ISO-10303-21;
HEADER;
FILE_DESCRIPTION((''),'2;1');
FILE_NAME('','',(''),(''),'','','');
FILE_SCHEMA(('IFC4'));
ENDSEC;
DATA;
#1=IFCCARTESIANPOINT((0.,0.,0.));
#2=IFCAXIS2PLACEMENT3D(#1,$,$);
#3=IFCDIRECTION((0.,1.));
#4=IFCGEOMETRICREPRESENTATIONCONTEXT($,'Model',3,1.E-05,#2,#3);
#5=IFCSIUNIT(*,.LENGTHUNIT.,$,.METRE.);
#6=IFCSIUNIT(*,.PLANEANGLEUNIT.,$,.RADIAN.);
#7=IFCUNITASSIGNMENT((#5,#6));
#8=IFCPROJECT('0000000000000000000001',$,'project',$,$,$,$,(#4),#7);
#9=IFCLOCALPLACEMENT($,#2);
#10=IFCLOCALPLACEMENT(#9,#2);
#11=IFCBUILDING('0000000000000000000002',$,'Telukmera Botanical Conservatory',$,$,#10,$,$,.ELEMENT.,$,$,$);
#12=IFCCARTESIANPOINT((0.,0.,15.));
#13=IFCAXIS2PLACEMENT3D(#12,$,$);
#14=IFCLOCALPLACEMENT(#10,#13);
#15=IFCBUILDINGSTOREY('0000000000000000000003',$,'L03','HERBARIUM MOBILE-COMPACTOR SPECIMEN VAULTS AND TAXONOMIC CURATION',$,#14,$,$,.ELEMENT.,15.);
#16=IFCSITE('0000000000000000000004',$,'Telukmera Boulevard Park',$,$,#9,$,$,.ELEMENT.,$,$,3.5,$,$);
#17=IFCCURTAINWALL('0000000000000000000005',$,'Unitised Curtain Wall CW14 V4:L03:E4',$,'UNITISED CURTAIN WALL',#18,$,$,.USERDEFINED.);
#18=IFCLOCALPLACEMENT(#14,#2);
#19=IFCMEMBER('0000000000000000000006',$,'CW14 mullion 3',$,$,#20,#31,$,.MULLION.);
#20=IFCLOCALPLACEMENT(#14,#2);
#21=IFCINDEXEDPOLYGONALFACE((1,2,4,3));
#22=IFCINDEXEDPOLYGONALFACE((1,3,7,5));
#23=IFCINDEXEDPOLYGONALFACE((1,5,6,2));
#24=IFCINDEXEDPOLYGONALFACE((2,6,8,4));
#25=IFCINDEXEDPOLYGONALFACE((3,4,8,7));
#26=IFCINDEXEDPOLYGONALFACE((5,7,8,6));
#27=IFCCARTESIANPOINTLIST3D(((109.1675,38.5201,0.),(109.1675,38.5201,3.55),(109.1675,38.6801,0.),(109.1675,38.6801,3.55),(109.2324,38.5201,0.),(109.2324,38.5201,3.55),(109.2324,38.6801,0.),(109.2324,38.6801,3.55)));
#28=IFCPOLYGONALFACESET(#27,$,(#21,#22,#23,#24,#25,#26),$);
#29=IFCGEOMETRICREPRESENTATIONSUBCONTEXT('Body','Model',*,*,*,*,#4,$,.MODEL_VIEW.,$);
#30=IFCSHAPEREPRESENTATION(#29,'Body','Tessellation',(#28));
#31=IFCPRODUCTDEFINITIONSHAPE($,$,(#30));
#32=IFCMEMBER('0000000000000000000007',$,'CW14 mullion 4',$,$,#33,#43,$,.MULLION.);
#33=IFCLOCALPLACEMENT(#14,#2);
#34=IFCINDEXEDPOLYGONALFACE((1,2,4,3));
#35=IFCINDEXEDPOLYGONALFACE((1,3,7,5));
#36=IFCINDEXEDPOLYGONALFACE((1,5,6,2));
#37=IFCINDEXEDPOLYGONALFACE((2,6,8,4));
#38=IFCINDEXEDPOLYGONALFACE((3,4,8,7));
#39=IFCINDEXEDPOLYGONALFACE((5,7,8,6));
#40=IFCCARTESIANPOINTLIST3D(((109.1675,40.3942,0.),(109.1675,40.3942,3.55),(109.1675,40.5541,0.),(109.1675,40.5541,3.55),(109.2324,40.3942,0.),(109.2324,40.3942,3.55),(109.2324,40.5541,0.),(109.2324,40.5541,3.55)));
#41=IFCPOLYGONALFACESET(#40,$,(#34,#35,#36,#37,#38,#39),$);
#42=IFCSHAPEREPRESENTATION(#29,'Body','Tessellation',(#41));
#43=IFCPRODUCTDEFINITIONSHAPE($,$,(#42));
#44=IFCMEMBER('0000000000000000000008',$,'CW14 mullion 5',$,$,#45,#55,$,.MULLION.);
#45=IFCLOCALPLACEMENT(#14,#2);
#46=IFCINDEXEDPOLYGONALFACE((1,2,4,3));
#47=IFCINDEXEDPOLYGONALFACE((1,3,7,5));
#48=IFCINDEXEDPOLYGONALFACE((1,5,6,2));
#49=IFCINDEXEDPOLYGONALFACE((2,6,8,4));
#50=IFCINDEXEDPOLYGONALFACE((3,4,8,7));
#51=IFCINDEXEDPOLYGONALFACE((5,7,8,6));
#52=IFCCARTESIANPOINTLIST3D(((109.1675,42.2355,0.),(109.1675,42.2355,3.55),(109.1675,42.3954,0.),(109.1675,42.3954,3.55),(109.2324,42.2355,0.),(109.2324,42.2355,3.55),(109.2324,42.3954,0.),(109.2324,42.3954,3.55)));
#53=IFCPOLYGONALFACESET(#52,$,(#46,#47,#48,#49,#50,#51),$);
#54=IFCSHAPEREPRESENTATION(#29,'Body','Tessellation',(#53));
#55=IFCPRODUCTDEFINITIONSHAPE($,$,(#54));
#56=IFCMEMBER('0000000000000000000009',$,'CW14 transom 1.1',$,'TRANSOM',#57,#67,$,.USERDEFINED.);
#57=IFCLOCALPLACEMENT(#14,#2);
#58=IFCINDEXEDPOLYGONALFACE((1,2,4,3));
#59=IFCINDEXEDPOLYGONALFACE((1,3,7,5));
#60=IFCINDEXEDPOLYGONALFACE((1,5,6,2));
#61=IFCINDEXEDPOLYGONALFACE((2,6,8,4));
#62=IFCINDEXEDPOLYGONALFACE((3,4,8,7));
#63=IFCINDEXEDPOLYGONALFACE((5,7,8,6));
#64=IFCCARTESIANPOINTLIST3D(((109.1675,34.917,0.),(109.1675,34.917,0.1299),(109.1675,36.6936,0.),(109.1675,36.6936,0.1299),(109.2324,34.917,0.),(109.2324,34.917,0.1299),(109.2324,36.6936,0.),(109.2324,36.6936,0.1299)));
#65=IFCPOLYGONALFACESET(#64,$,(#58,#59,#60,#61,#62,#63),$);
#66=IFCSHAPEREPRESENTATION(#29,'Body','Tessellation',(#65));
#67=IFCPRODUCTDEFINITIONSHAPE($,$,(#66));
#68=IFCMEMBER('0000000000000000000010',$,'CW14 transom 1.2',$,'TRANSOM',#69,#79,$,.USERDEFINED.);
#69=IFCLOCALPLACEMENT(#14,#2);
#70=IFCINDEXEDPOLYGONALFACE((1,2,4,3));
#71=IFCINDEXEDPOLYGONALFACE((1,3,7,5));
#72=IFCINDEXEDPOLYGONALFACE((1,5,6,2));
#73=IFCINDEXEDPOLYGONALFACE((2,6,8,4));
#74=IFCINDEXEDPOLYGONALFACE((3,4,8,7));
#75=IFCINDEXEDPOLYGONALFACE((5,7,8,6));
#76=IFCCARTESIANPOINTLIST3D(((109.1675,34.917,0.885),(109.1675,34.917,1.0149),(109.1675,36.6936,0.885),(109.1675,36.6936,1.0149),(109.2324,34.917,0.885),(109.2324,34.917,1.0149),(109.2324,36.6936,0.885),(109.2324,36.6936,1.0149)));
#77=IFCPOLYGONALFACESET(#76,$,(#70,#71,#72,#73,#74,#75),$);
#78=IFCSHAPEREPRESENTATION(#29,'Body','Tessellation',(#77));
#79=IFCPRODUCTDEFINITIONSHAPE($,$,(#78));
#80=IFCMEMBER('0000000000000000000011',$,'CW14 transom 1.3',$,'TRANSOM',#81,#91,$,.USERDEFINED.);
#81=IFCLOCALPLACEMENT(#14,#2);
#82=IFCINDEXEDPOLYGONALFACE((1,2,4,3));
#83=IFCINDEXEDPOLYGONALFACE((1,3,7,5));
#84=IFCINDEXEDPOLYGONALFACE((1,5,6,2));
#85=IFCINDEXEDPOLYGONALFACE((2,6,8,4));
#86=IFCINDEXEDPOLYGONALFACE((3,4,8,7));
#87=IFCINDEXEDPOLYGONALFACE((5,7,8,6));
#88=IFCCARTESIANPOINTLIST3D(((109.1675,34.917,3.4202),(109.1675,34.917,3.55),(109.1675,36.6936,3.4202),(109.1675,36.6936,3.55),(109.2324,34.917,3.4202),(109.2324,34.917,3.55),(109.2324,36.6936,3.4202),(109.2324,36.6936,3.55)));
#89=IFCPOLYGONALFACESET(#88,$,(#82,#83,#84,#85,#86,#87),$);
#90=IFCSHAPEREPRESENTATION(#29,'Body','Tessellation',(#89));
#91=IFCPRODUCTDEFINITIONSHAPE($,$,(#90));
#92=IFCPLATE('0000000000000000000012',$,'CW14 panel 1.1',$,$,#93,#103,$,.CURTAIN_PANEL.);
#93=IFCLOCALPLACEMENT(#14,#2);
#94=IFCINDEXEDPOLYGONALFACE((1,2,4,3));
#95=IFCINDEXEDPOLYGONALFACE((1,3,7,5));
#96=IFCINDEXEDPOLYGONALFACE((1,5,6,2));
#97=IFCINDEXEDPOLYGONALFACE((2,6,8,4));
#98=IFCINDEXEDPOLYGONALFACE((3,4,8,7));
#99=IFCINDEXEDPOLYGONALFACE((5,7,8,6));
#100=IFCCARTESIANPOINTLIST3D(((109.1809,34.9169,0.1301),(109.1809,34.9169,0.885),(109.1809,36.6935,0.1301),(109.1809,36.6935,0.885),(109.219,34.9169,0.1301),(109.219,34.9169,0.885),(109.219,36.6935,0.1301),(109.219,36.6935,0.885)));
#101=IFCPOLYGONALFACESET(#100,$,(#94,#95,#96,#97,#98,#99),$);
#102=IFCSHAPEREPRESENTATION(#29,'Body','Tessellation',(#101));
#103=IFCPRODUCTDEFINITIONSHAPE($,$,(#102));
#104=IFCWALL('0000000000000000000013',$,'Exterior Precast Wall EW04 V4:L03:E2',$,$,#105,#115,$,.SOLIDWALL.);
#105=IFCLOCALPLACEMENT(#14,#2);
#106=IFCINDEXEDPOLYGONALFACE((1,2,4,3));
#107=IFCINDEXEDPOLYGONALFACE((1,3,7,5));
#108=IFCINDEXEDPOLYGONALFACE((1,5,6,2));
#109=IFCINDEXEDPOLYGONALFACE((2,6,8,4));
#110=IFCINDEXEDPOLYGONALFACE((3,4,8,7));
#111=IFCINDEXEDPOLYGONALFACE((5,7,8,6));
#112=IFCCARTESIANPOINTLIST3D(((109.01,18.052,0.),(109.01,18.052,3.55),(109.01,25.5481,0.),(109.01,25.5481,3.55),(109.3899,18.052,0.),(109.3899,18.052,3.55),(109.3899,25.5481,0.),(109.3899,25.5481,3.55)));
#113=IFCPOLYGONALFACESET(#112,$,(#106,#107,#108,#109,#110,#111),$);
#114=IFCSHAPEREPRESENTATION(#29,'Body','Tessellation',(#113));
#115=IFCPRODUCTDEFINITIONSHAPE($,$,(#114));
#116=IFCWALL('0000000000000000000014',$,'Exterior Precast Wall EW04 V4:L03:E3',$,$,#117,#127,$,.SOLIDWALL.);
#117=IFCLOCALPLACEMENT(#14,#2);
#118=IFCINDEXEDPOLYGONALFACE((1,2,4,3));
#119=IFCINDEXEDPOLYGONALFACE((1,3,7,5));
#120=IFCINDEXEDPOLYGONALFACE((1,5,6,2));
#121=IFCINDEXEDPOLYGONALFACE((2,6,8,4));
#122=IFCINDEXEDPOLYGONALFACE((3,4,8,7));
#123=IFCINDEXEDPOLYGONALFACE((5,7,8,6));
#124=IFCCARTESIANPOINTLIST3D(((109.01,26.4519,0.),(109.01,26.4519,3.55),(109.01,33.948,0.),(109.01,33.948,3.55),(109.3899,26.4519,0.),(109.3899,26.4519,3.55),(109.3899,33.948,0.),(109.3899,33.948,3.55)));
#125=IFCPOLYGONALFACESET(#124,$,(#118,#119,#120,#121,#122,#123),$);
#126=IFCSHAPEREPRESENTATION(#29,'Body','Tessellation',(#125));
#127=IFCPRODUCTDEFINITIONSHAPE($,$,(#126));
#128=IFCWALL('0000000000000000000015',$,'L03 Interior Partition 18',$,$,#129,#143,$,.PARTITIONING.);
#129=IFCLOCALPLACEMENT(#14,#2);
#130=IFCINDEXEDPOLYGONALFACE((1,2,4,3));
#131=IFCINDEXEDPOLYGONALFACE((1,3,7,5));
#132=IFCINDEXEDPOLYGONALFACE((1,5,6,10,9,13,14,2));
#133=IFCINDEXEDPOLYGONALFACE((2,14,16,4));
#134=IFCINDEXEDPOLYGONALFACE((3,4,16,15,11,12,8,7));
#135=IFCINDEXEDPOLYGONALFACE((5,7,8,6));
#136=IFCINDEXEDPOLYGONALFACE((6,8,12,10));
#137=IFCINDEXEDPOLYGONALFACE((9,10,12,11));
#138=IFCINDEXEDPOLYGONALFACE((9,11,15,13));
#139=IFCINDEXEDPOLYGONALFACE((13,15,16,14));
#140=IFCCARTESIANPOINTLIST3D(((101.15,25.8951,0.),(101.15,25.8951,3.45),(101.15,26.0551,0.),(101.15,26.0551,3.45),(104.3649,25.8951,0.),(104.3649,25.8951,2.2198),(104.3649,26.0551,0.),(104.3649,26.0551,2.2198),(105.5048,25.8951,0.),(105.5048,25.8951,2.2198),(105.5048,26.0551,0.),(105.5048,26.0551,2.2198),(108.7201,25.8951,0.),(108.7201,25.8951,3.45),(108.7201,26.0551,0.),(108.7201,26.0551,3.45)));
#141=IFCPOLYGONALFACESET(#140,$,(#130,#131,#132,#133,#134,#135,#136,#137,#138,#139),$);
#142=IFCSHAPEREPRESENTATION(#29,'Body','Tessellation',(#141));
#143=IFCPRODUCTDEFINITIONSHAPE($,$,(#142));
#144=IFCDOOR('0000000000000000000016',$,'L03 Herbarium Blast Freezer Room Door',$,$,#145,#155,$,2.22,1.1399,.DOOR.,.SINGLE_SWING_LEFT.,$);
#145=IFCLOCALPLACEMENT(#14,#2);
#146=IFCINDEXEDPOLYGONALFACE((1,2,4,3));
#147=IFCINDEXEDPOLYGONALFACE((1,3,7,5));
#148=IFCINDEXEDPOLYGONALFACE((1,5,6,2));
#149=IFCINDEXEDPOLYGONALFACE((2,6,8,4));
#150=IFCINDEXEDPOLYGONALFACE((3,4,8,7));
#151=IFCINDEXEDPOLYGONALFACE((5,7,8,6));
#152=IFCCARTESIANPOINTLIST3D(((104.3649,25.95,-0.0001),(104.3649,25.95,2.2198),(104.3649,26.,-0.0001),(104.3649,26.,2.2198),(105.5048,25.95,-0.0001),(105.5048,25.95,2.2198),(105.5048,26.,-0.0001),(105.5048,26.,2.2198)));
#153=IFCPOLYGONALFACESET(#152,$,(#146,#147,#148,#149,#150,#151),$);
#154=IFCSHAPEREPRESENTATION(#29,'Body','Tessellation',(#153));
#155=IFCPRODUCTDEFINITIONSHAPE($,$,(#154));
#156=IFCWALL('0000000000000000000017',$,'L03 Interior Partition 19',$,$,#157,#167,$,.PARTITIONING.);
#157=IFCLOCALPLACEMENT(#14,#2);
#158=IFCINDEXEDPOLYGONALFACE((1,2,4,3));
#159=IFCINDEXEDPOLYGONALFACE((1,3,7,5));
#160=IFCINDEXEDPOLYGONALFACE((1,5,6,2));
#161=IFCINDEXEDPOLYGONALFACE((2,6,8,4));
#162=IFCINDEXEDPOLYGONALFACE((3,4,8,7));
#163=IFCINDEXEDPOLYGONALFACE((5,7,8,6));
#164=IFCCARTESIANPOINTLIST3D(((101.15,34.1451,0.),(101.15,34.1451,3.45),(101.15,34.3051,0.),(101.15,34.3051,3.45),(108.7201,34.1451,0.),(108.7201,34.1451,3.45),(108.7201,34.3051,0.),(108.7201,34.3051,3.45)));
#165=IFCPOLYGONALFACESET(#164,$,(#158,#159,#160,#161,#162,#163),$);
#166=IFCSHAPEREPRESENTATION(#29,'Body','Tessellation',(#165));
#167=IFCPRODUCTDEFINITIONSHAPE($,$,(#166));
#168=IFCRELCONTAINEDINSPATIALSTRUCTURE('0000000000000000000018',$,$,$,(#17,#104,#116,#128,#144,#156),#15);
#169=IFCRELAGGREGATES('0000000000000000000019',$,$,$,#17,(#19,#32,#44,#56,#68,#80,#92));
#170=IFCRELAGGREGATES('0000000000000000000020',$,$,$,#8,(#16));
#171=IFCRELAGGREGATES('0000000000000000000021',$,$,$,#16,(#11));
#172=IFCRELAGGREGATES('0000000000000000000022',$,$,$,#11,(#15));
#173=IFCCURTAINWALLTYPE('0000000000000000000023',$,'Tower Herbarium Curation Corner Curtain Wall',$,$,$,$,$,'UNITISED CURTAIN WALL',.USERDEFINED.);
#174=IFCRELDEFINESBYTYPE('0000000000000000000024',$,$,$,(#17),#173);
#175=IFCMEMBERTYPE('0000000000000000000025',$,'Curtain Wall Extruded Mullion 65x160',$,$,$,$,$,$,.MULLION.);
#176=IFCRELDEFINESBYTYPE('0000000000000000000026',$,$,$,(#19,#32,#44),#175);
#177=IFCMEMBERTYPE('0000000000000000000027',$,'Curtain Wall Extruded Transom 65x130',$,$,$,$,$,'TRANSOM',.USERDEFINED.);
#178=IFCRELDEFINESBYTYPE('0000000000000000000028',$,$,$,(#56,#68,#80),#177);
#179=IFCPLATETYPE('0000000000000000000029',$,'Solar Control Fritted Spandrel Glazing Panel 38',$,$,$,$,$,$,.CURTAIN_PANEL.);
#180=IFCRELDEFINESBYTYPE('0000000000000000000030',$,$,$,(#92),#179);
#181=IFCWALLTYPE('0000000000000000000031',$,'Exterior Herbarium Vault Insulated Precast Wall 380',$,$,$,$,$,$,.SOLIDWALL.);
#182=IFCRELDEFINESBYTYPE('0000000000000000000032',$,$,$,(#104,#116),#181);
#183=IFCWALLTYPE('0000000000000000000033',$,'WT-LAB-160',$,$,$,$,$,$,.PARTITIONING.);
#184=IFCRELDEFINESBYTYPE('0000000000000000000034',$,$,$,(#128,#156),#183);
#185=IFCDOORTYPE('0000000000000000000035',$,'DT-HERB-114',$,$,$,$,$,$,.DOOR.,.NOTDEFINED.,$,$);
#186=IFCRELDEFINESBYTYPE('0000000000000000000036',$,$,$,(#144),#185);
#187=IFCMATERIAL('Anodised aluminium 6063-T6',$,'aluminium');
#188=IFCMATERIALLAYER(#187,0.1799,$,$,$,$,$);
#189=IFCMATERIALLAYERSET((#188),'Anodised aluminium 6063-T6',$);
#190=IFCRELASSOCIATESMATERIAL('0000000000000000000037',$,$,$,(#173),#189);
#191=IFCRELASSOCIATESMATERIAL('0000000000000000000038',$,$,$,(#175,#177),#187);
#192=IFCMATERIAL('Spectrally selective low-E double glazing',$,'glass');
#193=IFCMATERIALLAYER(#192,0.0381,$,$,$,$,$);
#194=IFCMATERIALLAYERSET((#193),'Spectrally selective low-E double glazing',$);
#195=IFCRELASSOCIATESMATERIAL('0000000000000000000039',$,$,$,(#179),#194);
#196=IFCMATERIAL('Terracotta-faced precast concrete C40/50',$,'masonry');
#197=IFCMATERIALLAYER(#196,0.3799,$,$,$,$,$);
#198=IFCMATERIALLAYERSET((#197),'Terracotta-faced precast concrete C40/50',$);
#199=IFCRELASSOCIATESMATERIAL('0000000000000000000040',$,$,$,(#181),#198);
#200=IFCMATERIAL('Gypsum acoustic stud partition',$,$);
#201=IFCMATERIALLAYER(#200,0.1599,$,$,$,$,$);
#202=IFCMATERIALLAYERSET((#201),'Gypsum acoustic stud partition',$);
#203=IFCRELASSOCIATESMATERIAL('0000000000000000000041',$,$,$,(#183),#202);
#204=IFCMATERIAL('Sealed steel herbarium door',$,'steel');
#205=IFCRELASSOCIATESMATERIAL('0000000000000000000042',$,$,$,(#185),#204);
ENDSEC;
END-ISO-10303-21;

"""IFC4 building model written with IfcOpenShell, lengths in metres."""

from ifc_helpers import new_model, si_unit, direction, frame, frame_2d, origin, origin_2d, place, context, subcontext, project, spatial, rectangle, extrude, material, layer, layer_set, material_profile, profile_set, type_object, element, fill, aggregate, save


model = new_model("IFC4")

# Units and contexts
model_context = context("Model", 3, precision=1e-05, world=origin(), true_north=direction((0.0, 1.0)))
body_context = subcontext(model_context, "Body", "Model", "MODEL_VIEW")
ifc_project = project(units=[si_unit("LENGTHUNIT", "METRE"), si_unit("PLANEANGLEUNIT", "RADIAN")], contexts=[model_context])

# Site, building, storey
site_placement = place(None, origin())
site = spatial("IfcSite", under=ifc_project, at=site_placement, Name="Telukmera Boulevard Park", CompositionType="ELEMENT", RefElevation=3.5)
building_placement = place(site_placement, origin())
building = spatial("IfcBuilding", under=site, at=building_placement, Name="Telukmera Botanical Conservatory", CompositionType="ELEMENT")
storey_placement = place(building_placement, frame((0.0, 0.0, 15.0)))
storey = spatial("IfcBuildingStorey", under=building, at=storey_placement, Name="L03", Description="HERBARIUM MOBILE-COMPACTOR SPECIMEN VAULTS AND TAXONOMIC CURATION", CompositionType="ELEMENT", Elevation=15.0)

# Shared definitions
ifc_material_1 = material(Name="Anodised aluminium 6063-T6", Category="aluminium")
ifc_layer_1 = layer(ifc_material_1, 0.1799)
ifc_layer_set_1 = layer_set([ifc_layer_1], Name="Anodised aluminium 6063-T6")
curtain_wall_type = type_object("IfcCurtainWallType", Name="Tower Herbarium Curation Corner Curtain Wall", ElementType="UNITISED CURTAIN WALL", PredefinedType="USERDEFINED", material=ifc_layer_set_1)
ifc_material_profile_1 = material_profile(ifc_material_1, rectangle(XDim=0.0649, YDim=0.1599, at=origin_2d()), Name="ALU MULL 65x160")
ifc_profile_set_1 = profile_set([ifc_material_profile_1], Name="Anodised aluminium 6063-T6")
member_type_1 = type_object("IfcMemberType", Name="Curtain Wall Extruded Mullion 65x160", PredefinedType="MULLION", material=ifc_profile_set_1)

# Curtain wall, members, plate
curtain_wall_1_placement = place(storey_placement, origin())
curtain_wall_1 = element("IfcCurtainWall", 1, at=curtain_wall_1_placement, inside=storey, type_object=curtain_wall_type, Name="Unitised Curtain Wall CW14 V4:L03:E4", ObjectType="UNITISED CURTAIN WALL", PredefinedType="USERDEFINED")
member_1_placement = place(storey_placement, frame((109.2, 38.6001, 0.0), z_axis=(0.0, 0.0, 1.0), x_axis=(-1.0, 0.0, 0.0)))
member_1 = element("IfcMember", 2, at=member_1_placement, type_object=member_type_1, Name="CW14 mullion 3", PredefinedType="MULLION", context=body_context, shape_type="SweptSolid", body=[
    extrude(rectangle(XDim=0.0649, YDim=0.1599, at=origin_2d()), origin(), (0.0, 0.0, 1.0), 3.55),
])
member_2_placement = place(storey_placement, frame((109.2, 40.4741, 0.0), z_axis=(0.0, 0.0, 1.0), x_axis=(-1.0, 0.0, 0.0)))
member_2 = element("IfcMember", 3, at=member_2_placement, type_object=member_type_1, Name="CW14 mullion 4", PredefinedType="MULLION", context=body_context, shape_type="SweptSolid", body=[
    extrude(rectangle(XDim=0.0649, YDim=0.1599, at=origin_2d()), origin(), (0.0, 0.0, 1.0), 3.55),
])
member_3_placement = place(storey_placement, frame((109.2, 42.3154, 0.0), z_axis=(0.0, 0.0, 1.0), x_axis=(-1.0, 0.0, 0.0)))
member_3 = element("IfcMember", 4, at=member_3_placement, type_object=member_type_1, Name="CW14 mullion 5", PredefinedType="MULLION", context=body_context, shape_type="SweptSolid", body=[
    extrude(rectangle(XDim=0.0649, YDim=0.1599, at=origin_2d()), origin(), (0.0, 0.0, 1.0), 3.55),
])
ifc_material_profile_2 = material_profile(ifc_material_1, rectangle(XDim=0.0649, YDim=0.1299, at=origin_2d()), Name="ALU TRAN 65x130")
ifc_profile_set_2 = profile_set([ifc_material_profile_2], Name="Anodised aluminium 6063-T6")
member_type_2 = type_object("IfcMemberType", Name="Curtain Wall Extruded Transom 65x130", ElementType="TRANSOM", PredefinedType="USERDEFINED", material=ifc_profile_set_2)
member_4_placement = place(storey_placement, frame((109.2, 34.917, 0.0649), z_axis=(0.0, 1.0, 0.0), x_axis=(-1.0, 0.0, 0.0)))
member_4 = element("IfcMember", 5, at=member_4_placement, type_object=member_type_2, Name="CW14 transom 1.1", ObjectType="TRANSOM", PredefinedType="USERDEFINED", context=body_context, shape_type="SweptSolid", body=[
    extrude(rectangle(XDim=0.0649, YDim=0.1299, at=origin_2d()), origin(), (0.0, 0.0, 1.0), 1.7766),
])
member_5_placement = place(storey_placement, frame((109.2, 34.917, 0.95), z_axis=(0.0, 1.0, 0.0), x_axis=(-1.0, 0.0, 0.0)))
member_5 = element("IfcMember", 6, at=member_5_placement, type_object=member_type_2, Name="CW14 transom 1.2", ObjectType="TRANSOM", PredefinedType="USERDEFINED", context=body_context, shape_type="SweptSolid", body=[
    extrude(rectangle(XDim=0.0649, YDim=0.1299, at=origin_2d()), origin(), (0.0, 0.0, 1.0), 1.7766),
])
member_6_placement = place(storey_placement, frame((109.2, 34.917, 3.4851), z_axis=(0.0, 1.0, 0.0), x_axis=(-1.0, 0.0, 0.0)))
member_6 = element("IfcMember", 7, at=member_6_placement, type_object=member_type_2, Name="CW14 transom 1.3", ObjectType="TRANSOM", PredefinedType="USERDEFINED", context=body_context, shape_type="SweptSolid", body=[
    extrude(rectangle(XDim=0.0649, YDim=0.1299, at=origin_2d()), origin(), (0.0, 0.0, 1.0), 1.7766),
])
ifc_material_2 = material(Name="Spectrally selective low-E double glazing", Category="glass")
ifc_layer_2 = layer(ifc_material_2, 0.0381)
ifc_layer_set_2 = layer_set([ifc_layer_2], Name="Spectrally selective low-E double glazing")
plate_type = type_object("IfcPlateType", Name="Solar Control Fritted Spandrel Glazing Panel 38", PredefinedType="CURTAIN_PANEL", material=ifc_layer_set_2)
plate_placement = place(storey_placement, frame((109.2, 35.8052, 0.1301), z_axis=(0.0, 0.0, 1.0), x_axis=(0.0, 1.0, 0.0)))
plate = element("IfcPlate", 8, at=plate_placement, type_object=plate_type, Name="CW14 panel 1.1", PredefinedType="CURTAIN_PANEL", context=body_context, shape_type="SweptSolid", body=[
    extrude(rectangle(XDim=1.7766, YDim=0.0381, at=origin_2d()), origin(), (0.0, 0.0, 1.0), 0.7549),
])
aggregate(curtain_wall_1, [member_1, member_2, member_3, member_4, member_5, member_6, plate])

# Walls
ifc_material_3 = material(Name="Terracotta-faced precast concrete C40/50", Category="masonry")
ifc_layer_3 = layer(ifc_material_3, 0.3799)
ifc_layer_set_3 = layer_set([ifc_layer_3], Name="Terracotta-faced precast concrete C40/50")
wall_type_1 = type_object("IfcWallType", Name="Exterior Herbarium Vault Insulated Precast Wall 380", PredefinedType="SOLIDWALL", material=ifc_layer_set_3)
for number, where, z_axis, x_axis, name in (
    (9, (109.2, 18.052, 0.0), (0.0, 0.0, 1.0), (0.0, 1.0, 0.0), "Exterior Precast Wall EW04 V4:L03:E2"),
    (10, (109.2, 26.4519, 0.0), (0.0, 0.0, 1.0), (0.0, 1.0, 0.0), "Exterior Precast Wall EW04 V4:L03:E3"),
):
    element("IfcWall", number, at=place(storey_placement, frame(where, z_axis=z_axis, x_axis=x_axis)), inside=storey, type_object=wall_type_1, Name=name, PredefinedType="SOLIDWALL", context=body_context, shape_type="SweptSolid", body=[
        extrude(rectangle(XDim=7.4961, YDim=0.3799, at=frame_2d((3.748, 0.0))), origin(), (0.0, 0.0, 1.0), 3.55),
    ])

# Wall, opening, door
ifc_material_4 = material(Name="Gypsum acoustic stud partition")
ifc_layer_4 = layer(ifc_material_4, 0.1599)
ifc_layer_set_4 = layer_set([ifc_layer_4], Name="Gypsum acoustic stud partition")
wall_type_2 = type_object("IfcWallType", Name="WT-LAB-160", PredefinedType="PARTITIONING", material=ifc_layer_set_4)
wall_1_placement = place(storey_placement, frame((101.1499, 25.9751, 0.0), z_axis=(0.0, 0.0, 1.0), x_axis=(1.0, 0.0, 0.0)))
wall_1 = element("IfcWall", 11, at=wall_1_placement, inside=storey, type_object=wall_type_2, Name="L03 Interior Partition 18", PredefinedType="PARTITIONING", context=body_context, shape_type="SweptSolid", body=[
    extrude(rectangle(XDim=7.5701, YDim=0.1599, at=frame_2d((3.7852, 0.0))), origin(), (0.0, 0.0, 1.0), 3.45),
])
opening_placement = place(wall_1_placement, frame((3.2151, 0.0, 0.0)))
opening = element("IfcOpeningElement", 12, at=opening_placement, cuts=wall_1, PredefinedType="OPENING", context=body_context, shape_type="SweptSolid", body=[
    extrude(rectangle(XDim=1.1399, YDim=2.22, at=frame_2d((0.5698, 1.1099))), frame((0.0, 0.0898, 0.0), z_axis=(0.0, -1.0, 0.0), x_axis=(1.0, 0.0, 0.0)), (0.0, 0.0, 1.0), 0.1799),
])
ifc_material_5 = material(Name="Sealed steel herbarium door", Category="steel")
door_type = type_object("IfcDoorType", Name="DT-HERB-114", OperationType="NOTDEFINED", PredefinedType="DOOR", material=ifc_material_5)
door_placement = place(opening_placement, origin())
door = element("IfcDoor", 13, at=door_placement, inside=storey, type_object=door_type, Name="L03 Herbarium Blast Freezer Room Door", OperationType="SINGLE_SWING_LEFT", OverallHeight=2.22, OverallWidth=1.1399, PredefinedType="DOOR", context=body_context, shape_type="SweptSolid", body=[
    extrude(rectangle(XDim=1.1399, YDim=2.22, at=frame_2d((0.5698, 1.1099))), frame((0.0, 0.0249, 0.0), z_axis=(0.0, -1.0, 0.0), x_axis=(1.0, 0.0, 0.0)), (0.0, 0.0, 1.0), 0.05),
])
fill(opening, door)

# Wall
wall_2_placement = place(storey_placement, frame((101.1499, 34.2251, 0.0), z_axis=(0.0, 0.0, 1.0), x_axis=(1.0, 0.0, 0.0)))
element("IfcWall", 14, at=wall_2_placement, inside=storey, type_object=wall_type_2, Name="L03 Interior Partition 19", PredefinedType="PARTITIONING", context=body_context, shape_type="SweptSolid", body=[
    extrude(rectangle(XDim=7.5701, YDim=0.1599, at=frame_2d((3.7852, 0.0))), origin(), (0.0, 0.0, 1.0), 3.45),
])

save(model, "model.ifc")
